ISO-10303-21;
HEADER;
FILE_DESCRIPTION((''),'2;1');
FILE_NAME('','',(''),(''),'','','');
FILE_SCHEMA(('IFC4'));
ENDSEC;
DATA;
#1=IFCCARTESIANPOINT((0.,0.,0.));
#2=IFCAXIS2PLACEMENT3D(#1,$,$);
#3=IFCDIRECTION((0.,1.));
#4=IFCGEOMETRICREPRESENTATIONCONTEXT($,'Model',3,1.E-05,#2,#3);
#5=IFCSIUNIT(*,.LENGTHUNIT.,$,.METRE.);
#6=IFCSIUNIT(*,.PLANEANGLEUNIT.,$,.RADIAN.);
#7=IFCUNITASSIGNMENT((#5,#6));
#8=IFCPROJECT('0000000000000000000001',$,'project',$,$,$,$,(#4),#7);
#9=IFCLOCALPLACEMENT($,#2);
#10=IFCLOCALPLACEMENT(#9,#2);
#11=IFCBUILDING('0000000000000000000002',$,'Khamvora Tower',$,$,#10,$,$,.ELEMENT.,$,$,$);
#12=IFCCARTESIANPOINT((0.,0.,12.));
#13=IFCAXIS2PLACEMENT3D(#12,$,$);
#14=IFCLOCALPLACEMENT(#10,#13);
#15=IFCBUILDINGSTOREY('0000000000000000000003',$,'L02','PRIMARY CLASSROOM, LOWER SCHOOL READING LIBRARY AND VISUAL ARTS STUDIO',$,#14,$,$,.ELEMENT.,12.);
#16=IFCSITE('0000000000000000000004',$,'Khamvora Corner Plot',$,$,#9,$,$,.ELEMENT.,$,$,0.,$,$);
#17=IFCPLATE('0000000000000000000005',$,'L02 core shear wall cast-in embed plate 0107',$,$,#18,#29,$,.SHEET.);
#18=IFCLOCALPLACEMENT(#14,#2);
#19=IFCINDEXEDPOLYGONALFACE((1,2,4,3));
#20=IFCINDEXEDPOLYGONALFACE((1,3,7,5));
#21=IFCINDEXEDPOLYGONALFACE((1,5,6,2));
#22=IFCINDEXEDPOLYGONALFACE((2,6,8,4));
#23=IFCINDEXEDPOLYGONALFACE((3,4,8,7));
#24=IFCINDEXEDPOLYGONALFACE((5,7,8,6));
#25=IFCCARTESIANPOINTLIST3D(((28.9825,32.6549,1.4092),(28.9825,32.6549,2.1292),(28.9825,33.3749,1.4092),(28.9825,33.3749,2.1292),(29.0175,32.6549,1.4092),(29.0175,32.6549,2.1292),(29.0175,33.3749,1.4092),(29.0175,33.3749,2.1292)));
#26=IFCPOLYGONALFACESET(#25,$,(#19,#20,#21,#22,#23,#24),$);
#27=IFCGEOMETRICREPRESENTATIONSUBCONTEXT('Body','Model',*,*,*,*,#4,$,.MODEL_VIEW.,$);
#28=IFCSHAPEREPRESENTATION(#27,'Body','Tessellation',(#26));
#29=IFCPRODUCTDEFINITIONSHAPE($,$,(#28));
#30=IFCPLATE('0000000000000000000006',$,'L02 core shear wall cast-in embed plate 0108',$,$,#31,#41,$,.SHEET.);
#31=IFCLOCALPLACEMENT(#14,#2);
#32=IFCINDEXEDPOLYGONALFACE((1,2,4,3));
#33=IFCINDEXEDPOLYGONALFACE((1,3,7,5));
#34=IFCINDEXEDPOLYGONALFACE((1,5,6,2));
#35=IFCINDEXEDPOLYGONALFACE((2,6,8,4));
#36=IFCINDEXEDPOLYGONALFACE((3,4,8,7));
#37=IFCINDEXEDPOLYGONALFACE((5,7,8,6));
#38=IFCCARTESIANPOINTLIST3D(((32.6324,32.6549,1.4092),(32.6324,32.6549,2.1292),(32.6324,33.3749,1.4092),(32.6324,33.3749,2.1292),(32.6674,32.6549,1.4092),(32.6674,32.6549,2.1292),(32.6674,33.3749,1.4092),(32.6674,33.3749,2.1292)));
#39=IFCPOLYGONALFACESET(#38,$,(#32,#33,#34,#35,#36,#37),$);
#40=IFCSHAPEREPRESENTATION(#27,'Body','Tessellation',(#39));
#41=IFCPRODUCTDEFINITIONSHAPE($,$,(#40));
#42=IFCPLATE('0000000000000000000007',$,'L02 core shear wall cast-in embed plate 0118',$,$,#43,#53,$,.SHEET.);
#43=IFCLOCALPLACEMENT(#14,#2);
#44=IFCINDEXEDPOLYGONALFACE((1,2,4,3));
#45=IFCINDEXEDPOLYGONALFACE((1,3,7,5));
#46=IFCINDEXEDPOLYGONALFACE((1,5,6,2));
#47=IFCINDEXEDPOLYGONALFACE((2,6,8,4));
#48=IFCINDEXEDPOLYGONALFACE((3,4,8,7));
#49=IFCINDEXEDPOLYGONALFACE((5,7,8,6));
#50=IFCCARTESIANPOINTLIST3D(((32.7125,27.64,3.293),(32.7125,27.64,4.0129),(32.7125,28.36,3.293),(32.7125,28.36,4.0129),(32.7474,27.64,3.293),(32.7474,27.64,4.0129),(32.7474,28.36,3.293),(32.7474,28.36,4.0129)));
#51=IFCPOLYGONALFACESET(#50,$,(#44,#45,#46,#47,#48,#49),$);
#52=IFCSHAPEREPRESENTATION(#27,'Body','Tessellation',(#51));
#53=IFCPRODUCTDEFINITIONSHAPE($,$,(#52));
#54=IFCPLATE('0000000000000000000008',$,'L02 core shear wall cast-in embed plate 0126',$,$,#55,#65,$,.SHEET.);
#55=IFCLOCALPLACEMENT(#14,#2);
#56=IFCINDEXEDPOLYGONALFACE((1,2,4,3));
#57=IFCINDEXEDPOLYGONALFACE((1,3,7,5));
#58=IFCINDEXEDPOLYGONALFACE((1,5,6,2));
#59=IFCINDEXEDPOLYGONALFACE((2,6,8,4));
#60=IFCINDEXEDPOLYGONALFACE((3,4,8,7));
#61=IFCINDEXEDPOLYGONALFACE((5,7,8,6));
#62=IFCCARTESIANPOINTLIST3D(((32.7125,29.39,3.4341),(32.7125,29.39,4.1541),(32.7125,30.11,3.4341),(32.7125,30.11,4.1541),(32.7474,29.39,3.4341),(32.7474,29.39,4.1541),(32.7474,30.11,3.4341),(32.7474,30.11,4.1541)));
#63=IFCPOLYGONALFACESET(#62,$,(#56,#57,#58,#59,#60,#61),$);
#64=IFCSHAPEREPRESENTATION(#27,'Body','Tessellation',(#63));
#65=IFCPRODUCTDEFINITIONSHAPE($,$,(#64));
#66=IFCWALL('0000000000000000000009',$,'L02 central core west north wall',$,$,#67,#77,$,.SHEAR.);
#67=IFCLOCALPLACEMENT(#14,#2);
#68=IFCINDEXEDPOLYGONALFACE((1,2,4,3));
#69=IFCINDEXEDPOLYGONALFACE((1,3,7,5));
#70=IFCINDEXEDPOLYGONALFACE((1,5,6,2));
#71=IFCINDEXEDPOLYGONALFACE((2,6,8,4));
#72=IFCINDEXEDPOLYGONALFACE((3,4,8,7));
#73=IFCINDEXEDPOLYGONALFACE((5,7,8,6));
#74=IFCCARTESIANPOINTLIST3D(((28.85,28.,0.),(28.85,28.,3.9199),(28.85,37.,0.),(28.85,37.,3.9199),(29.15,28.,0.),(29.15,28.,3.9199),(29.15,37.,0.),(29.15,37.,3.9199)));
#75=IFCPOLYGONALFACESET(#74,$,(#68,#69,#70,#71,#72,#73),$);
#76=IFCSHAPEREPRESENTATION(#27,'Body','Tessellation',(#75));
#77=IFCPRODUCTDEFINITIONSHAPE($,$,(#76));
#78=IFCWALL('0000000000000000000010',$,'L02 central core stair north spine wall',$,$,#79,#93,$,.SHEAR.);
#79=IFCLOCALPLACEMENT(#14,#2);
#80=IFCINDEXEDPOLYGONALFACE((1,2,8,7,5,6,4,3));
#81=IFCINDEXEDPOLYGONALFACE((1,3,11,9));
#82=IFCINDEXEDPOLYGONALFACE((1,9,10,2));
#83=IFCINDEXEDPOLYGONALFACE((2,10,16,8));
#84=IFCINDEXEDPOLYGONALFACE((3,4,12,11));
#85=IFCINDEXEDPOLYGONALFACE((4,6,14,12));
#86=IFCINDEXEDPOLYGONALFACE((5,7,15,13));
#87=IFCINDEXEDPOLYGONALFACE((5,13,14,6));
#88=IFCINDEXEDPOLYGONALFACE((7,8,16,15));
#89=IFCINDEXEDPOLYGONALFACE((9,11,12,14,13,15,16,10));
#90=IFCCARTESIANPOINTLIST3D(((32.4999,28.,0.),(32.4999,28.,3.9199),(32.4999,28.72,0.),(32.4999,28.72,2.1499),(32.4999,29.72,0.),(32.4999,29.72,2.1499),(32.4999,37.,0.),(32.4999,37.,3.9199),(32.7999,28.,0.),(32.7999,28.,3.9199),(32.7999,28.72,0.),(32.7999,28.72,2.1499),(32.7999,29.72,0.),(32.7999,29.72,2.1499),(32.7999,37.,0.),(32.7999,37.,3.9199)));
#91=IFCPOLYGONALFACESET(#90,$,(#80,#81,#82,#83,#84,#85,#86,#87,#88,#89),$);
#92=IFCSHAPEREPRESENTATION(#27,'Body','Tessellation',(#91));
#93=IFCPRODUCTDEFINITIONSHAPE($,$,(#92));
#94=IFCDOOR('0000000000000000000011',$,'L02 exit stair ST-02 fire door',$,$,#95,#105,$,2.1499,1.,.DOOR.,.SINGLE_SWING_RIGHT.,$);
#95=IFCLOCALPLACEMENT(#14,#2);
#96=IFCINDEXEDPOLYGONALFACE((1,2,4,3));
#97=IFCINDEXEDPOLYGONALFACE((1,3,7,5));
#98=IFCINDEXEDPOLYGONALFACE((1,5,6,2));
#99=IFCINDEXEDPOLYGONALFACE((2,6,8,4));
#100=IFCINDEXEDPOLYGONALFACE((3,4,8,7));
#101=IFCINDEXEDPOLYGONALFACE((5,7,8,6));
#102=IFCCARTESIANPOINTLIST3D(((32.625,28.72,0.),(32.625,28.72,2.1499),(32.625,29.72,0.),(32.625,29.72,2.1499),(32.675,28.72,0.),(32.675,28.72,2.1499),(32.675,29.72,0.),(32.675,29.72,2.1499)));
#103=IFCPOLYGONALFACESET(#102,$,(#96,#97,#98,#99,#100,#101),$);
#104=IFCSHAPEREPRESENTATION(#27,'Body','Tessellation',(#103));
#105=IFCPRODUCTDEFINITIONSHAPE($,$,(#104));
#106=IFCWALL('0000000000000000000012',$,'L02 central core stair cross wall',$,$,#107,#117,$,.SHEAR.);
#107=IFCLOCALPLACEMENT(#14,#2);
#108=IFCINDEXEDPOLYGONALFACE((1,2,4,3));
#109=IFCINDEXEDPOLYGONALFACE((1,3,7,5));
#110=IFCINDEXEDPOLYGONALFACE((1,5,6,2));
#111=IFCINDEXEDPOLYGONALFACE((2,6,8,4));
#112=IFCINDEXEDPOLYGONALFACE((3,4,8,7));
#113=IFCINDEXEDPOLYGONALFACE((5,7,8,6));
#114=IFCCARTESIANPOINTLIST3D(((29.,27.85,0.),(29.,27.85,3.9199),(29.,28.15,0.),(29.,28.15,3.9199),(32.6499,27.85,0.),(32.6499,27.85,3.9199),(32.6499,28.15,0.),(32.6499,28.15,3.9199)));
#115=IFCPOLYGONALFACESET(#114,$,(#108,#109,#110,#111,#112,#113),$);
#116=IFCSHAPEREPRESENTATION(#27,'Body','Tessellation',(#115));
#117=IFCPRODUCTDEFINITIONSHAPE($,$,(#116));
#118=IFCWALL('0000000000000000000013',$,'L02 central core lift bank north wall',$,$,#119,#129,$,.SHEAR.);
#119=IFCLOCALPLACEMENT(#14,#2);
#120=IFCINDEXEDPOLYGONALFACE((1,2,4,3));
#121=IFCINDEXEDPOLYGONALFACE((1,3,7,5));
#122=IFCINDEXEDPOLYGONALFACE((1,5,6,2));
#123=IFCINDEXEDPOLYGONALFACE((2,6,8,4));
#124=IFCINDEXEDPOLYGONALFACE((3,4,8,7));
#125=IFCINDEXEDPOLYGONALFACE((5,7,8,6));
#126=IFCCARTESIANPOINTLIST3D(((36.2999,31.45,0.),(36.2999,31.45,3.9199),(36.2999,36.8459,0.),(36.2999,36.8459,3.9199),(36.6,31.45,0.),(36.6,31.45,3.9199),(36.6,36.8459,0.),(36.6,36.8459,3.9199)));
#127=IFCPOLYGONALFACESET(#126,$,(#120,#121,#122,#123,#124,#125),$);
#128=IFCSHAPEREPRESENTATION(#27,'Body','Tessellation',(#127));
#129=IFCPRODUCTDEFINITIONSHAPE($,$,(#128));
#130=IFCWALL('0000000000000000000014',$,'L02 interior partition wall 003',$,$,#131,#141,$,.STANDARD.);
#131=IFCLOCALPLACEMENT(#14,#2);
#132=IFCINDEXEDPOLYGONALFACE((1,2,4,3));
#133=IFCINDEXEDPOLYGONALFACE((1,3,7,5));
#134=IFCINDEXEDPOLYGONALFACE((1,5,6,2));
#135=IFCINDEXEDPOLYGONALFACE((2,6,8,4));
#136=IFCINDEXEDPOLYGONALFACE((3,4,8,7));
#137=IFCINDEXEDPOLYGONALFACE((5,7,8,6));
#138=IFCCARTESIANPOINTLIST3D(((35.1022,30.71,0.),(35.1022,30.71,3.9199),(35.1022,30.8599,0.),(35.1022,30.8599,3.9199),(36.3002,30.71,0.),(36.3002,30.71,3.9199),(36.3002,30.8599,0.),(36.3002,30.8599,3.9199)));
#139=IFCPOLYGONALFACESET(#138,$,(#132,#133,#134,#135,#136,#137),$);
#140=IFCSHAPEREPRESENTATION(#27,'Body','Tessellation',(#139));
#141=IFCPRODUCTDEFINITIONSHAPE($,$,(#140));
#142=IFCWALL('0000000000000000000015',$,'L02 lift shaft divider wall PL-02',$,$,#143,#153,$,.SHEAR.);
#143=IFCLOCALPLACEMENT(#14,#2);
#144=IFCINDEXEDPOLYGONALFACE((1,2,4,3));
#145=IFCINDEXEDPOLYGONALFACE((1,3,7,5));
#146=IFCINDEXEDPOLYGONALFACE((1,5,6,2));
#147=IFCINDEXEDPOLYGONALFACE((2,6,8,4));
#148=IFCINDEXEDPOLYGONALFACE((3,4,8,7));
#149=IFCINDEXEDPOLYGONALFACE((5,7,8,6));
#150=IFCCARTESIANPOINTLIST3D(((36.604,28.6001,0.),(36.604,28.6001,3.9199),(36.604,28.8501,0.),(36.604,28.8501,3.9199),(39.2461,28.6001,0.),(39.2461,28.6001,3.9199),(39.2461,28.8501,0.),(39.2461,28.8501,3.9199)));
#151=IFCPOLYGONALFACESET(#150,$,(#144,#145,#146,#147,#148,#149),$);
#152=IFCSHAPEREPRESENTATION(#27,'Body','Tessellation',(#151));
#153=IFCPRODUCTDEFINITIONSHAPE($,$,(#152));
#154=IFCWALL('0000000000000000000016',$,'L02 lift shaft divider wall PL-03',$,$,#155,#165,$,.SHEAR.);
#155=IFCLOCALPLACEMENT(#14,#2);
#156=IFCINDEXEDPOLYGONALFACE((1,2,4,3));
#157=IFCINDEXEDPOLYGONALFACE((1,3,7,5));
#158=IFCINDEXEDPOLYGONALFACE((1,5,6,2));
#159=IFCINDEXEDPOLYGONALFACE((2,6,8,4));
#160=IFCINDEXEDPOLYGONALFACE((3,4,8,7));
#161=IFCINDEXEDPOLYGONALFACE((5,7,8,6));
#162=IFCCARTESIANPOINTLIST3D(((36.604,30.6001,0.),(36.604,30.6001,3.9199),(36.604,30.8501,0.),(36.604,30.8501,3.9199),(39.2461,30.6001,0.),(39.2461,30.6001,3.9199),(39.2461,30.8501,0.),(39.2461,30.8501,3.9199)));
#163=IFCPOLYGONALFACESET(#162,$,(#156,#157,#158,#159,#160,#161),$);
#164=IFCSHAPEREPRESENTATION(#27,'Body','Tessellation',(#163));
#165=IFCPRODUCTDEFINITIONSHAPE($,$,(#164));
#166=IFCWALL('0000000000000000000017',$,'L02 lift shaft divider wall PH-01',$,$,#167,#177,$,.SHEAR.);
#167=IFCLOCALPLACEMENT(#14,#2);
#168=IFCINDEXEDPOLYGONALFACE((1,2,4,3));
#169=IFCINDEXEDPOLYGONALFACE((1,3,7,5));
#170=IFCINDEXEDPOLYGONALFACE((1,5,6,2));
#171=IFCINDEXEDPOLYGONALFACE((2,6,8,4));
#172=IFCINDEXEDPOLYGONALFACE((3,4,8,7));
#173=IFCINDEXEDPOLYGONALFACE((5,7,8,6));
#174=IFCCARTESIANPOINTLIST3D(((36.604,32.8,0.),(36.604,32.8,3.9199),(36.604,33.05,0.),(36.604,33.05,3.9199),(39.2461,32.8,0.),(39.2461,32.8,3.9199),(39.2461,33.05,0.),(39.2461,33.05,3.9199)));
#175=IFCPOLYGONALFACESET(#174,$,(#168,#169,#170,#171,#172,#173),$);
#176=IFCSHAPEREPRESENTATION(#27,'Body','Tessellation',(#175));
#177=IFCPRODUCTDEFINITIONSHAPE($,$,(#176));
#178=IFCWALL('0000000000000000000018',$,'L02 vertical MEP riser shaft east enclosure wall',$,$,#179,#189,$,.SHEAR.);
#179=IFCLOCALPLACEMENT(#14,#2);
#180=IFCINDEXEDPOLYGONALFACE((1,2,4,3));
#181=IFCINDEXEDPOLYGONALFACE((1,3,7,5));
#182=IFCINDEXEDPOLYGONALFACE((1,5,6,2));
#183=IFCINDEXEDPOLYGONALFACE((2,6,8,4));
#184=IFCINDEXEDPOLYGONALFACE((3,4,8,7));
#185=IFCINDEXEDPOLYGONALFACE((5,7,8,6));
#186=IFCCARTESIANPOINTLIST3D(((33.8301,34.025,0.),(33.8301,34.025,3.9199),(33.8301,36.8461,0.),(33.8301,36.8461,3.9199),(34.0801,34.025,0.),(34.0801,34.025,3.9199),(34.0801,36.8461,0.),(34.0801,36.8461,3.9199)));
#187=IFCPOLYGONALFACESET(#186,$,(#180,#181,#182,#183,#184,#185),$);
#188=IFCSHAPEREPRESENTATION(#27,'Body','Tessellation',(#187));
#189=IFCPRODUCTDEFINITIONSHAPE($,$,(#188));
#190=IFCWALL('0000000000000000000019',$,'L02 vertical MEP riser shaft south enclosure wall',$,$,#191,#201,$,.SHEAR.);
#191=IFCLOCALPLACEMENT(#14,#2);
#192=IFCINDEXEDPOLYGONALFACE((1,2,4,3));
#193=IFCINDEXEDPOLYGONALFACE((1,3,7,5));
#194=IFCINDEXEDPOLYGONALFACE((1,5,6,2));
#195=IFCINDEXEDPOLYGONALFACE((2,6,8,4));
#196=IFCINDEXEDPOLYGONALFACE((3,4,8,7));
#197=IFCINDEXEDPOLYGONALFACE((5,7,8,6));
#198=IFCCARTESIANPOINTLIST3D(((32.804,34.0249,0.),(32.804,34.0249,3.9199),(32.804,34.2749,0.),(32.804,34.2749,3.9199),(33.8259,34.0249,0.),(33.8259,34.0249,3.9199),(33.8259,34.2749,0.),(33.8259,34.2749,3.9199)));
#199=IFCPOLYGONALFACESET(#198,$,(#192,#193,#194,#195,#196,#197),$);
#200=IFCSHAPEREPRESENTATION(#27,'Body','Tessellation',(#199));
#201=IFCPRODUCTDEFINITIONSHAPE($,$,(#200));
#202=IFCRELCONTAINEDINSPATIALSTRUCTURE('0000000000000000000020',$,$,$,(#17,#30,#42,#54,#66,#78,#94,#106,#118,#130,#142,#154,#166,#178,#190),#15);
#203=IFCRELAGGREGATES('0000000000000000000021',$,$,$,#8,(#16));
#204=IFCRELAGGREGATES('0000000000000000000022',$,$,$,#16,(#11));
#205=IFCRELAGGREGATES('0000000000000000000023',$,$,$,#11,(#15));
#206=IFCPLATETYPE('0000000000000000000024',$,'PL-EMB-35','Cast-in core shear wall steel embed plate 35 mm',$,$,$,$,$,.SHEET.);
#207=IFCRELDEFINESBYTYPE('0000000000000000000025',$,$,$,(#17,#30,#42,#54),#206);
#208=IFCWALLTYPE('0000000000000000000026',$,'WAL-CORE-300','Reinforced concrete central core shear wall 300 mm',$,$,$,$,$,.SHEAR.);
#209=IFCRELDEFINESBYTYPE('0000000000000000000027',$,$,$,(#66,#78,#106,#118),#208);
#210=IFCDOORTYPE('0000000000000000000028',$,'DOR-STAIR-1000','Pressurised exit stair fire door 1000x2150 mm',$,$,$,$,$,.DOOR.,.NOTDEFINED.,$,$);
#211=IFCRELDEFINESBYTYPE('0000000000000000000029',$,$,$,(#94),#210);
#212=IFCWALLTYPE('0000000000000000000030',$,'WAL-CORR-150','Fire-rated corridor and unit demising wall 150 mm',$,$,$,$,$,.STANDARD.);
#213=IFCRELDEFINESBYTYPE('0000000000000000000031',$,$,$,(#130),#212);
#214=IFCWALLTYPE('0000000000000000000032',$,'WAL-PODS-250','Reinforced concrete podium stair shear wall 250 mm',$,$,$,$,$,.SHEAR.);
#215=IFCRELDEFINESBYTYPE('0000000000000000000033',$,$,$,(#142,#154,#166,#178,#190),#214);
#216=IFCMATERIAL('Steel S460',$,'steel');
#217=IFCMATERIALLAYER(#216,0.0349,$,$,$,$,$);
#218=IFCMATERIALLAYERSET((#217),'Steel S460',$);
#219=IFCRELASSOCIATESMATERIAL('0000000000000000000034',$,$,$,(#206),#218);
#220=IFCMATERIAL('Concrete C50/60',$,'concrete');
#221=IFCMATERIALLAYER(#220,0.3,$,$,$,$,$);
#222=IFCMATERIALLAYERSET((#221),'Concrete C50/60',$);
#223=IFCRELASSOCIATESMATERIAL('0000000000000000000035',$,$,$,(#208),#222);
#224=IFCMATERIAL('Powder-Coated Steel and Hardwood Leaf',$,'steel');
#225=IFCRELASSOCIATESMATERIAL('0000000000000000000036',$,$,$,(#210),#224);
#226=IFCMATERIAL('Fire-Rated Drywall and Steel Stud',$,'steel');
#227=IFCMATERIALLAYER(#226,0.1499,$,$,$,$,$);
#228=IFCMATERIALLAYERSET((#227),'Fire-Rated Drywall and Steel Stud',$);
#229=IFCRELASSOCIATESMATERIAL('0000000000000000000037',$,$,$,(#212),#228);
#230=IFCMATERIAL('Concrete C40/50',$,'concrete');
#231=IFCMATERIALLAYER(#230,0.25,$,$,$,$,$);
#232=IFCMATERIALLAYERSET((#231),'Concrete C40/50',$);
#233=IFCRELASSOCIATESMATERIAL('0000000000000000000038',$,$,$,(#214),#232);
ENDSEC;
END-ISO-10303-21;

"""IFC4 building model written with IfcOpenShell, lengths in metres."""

from ifc_helpers import new_model, si_unit, direction, frame, frame_2d, origin, origin_2d, place, context, subcontext, project, spatial, rectangle, extrude, material, layer, layer_set, type_object, element, fill, save


model = new_model("IFC4")

# Units and contexts
model_context = context("Model", 3, precision=1e-05, world=origin(), true_north=direction((0.0, 1.0)))
body_context = subcontext(model_context, "Body", "Model", "MODEL_VIEW")
ifc_project = project(units=[si_unit("LENGTHUNIT", "METRE"), si_unit("PLANEANGLEUNIT", "RADIAN")], contexts=[model_context])

# Site, building, storey
site_placement = place(None, origin())
site = spatial("IfcSite", under=ifc_project, at=site_placement, Name="Khamvora Corner Plot", CompositionType="ELEMENT", RefElevation=0.0)
building_placement = place(site_placement, origin())
building = spatial("IfcBuilding", under=site, at=building_placement, Name="Khamvora Tower", CompositionType="ELEMENT")
storey_placement = place(building_placement, frame((0.0, 0.0, 12.0)))
storey = spatial("IfcBuildingStorey", under=building, at=storey_placement, Name="L02", Description="PRIMARY CLASSROOM, LOWER SCHOOL READING LIBRARY AND VISUAL ARTS STUDIO", CompositionType="ELEMENT", Elevation=12.0)

# Shared definitions
ifc_material_1 = material(Name="Steel S460", Category="steel")

# Plates
ifc_layer_1 = layer(ifc_material_1, 0.0349)
ifc_layer_set_1 = layer_set([ifc_layer_1], Name="Steel S460")
plate_type = type_object("IfcPlateType", Name="PL-EMB-35", Description="Cast-in core shear wall steel embed plate 35 mm", PredefinedType="SHEET", material=ifc_layer_set_1)
for number, where, z_axis, x_axis, name in (
    (1, (29.0, 33.0149, 1.4092), (0.0, 0.0, 1.0), (1.0, 0.0, 0.0), "L02 core shear wall cast-in embed plate 0107"),
    (2, (32.6499, 33.0149, 1.4092), (0.0, 0.0, 1.0), (1.0, 0.0, 0.0), "L02 core shear wall cast-in embed plate 0108"),
    (3, (32.73, 28.0, 3.293), (0.0, 0.0, 1.0), (1.0, 0.0, 0.0), "L02 core shear wall cast-in embed plate 0118"),
    (4, (32.73, 29.75, 3.4341), (0.0, 0.0, 1.0), (1.0, 0.0, 0.0), "L02 core shear wall cast-in embed plate 0126"),
):
    element("IfcPlate", number, at=place(storey_placement, frame(where, z_axis=z_axis, x_axis=x_axis)), inside=storey, type_object=plate_type, Name=name, PredefinedType="SHEET", context=body_context, shape_type="SweptSolid", body=[
        extrude(rectangle(XDim=0.0349, YDim=0.72, at=origin_2d()), origin(), (0.0, 0.0, 1.0), 0.72),
    ])

# Wall
ifc_material_2 = material(Name="Concrete C50/60", Category="concrete")
ifc_layer_2 = layer(ifc_material_2, 0.3)
ifc_layer_set_2 = layer_set([ifc_layer_2], Name="Concrete C50/60")
wall_type_1 = type_object("IfcWallType", Name="WAL-CORE-300", Description="Reinforced concrete central core shear wall 300 mm", PredefinedType="SHEAR", material=ifc_layer_set_2)
wall_1_placement = place(storey_placement, frame((29.0, 28.0, 0.0), z_axis=(0.0, 0.0, 1.0), x_axis=(0.0, 1.0, 0.0)))
element("IfcWall", 5, at=wall_1_placement, inside=storey, type_object=wall_type_1, Name="L02 central core west north wall", PredefinedType="SHEAR", context=body_context, shape_type="SweptSolid", body=[
    extrude(rectangle(XDim=9.0, YDim=0.3, at=frame_2d((4.5, 0.0))), origin(), (0.0, 0.0, 1.0), 3.9199),
])

# Wall, opening, door
wall_2_placement = place(storey_placement, frame((32.6499, 28.0, 0.0), z_axis=(0.0, 0.0, 1.0), x_axis=(0.0, 1.0, 0.0)))
wall_2 = element("IfcWall", 6, at=wall_2_placement, inside=storey, type_object=wall_type_1, Name="L02 central core stair north spine wall", PredefinedType="SHEAR", context=body_context, shape_type="SweptSolid", body=[
    extrude(rectangle(XDim=9.0, YDim=0.3, at=frame_2d((4.5, 0.0))), origin(), (0.0, 0.0, 1.0), 3.9199),
])
opening_placement = place(wall_2_placement, frame((0.72, 0.0, 0.0)))
opening = element("IfcOpeningElement", 7, at=opening_placement, cuts=wall_2, PredefinedType="OPENING", context=body_context, shape_type="SweptSolid", body=[
    extrude(rectangle(XDim=1.0, YDim=2.1499, at=frame_2d((0.5, 1.075))), frame((0.0, 0.1599, 0.0), z_axis=(0.0, -1.0, 0.0), x_axis=(1.0, 0.0, 0.0)), (0.0, 0.0, 1.0), 0.3201),
])
ifc_material_3 = material(Name="Powder-Coated Steel and Hardwood Leaf", Category="steel")
door_type = type_object("IfcDoorType", Name="DOR-STAIR-1000", Description="Pressurised exit stair fire door 1000x2150 mm", OperationType="NOTDEFINED", PredefinedType="DOOR", material=ifc_material_3)
door_placement = place(opening_placement, origin())
door = element("IfcDoor", 8, at=door_placement, inside=storey, type_object=door_type, Name="L02 exit stair ST-02 fire door", OperationType="SINGLE_SWING_RIGHT", OverallHeight=2.1499, OverallWidth=1.0, PredefinedType="DOOR", context=body_context, shape_type="SweptSolid", body=[
    extrude(rectangle(XDim=1.0, YDim=2.1499, at=frame_2d((0.5, 1.075))), frame((0.0, 0.0249, 0.0), z_axis=(0.0, -1.0, 0.0), x_axis=(1.0, 0.0, 0.0)), (0.0, 0.0, 1.0), 0.05),
])
fill(opening, door)

# Walls
wall_3_placement = place(storey_placement, frame((29.0, 28.0, 0.0), z_axis=(0.0, 0.0, 1.0), x_axis=(1.0, 0.0, 0.0)))
element("IfcWall", 9, at=wall_3_placement, inside=storey, type_object=wall_type_1, Name="L02 central core stair cross wall", PredefinedType="SHEAR", context=body_context, shape_type="SweptSolid", body=[
    extrude(rectangle(XDim=3.6499, YDim=0.3, at=frame_2d((1.825, 0.0))), origin(), (0.0, 0.0, 1.0), 3.9199),
])
wall_4_placement = place(storey_placement, frame((36.45, 31.45, 0.0), z_axis=(0.0, 0.0, 1.0), x_axis=(0.0, 1.0, 0.0)))
element("IfcWall", 10, at=wall_4_placement, inside=storey, type_object=wall_type_1, Name="L02 central core lift bank north wall", PredefinedType="SHEAR", context=body_context, shape_type="SweptSolid", body=[
    extrude(rectangle(XDim=5.396, YDim=0.3, at=frame_2d((2.698, 0.0))), origin(), (0.0, 0.0, 1.0), 3.9199),
])
ifc_material_4 = material(Name="Fire-Rated Drywall and Steel Stud", Category="steel")
ifc_layer_3 = layer(ifc_material_4, 0.1499)
ifc_layer_set_3 = layer_set([ifc_layer_3], Name="Fire-Rated Drywall and Steel Stud")
wall_type_2 = type_object("IfcWallType", Name="WAL-CORR-150", Description="Fire-rated corridor and unit demising wall 150 mm", PredefinedType="STANDARD", material=ifc_layer_set_3)
wall_5_placement = place(storey_placement, frame((35.1021, 30.7849, 0.0), z_axis=(0.0, 0.0, 1.0), x_axis=(1.0, 0.0, 0.0)))
element("IfcWall", 11, at=wall_5_placement, inside=storey, type_object=wall_type_2, Name="L02 interior partition wall 003", PredefinedType="STANDARD", context=body_context, shape_type="SweptSolid", body=[
    extrude(rectangle(XDim=1.198, YDim=0.1499, at=frame_2d((0.5991, 0.0))), origin(), (0.0, 0.0, 1.0), 3.9199),
])
ifc_material_5 = material(Name="Concrete C40/50", Category="concrete")
ifc_layer_4 = layer(ifc_material_5, 0.25)
ifc_layer_set_4 = layer_set([ifc_layer_4], Name="Concrete C40/50")
wall_type_3 = type_object("IfcWallType", Name="WAL-PODS-250", Description="Reinforced concrete podium stair shear wall 250 mm", PredefinedType="SHEAR", material=ifc_layer_set_4)
for number, where, z_axis, x_axis, name in (
    (12, (36.604, 28.7251, 0.0), (0.0, 0.0, 1.0), (1.0, 0.0, 0.0), "L02 lift shaft divider wall PL-02"),
    (13, (36.604, 30.7251, 0.0), (0.0, 0.0, 1.0), (1.0, 0.0, 0.0), "L02 lift shaft divider wall PL-03"),
    (14, (36.604, 32.925, 0.0), (0.0, 0.0, 1.0), (1.0, 0.0, 0.0), "L02 lift shaft divider wall PH-01"),
):
    element("IfcWall", number, at=place(storey_placement, frame(where, z_axis=z_axis, x_axis=x_axis)), inside=storey, type_object=wall_type_3, Name=name, PredefinedType="SHEAR", context=body_context, shape_type="SweptSolid", body=[
        extrude(rectangle(XDim=2.6421, YDim=0.25, at=frame_2d((1.321, 0.0))), origin(), (0.0, 0.0, 1.0), 3.9199),
    ])
wall_6_placement = place(storey_placement, frame((33.9551, 34.0249, 0.0), z_axis=(0.0, 0.0, 1.0), x_axis=(0.0, 1.0, 0.0)))
element("IfcWall", 15, at=wall_6_placement, inside=storey, type_object=wall_type_3, Name="L02 vertical MEP riser shaft east enclosure wall", PredefinedType="SHEAR", context=body_context, shape_type="SweptSolid", body=[
    extrude(rectangle(XDim=2.821, YDim=0.25, at=frame_2d((1.4106, 0.0))), origin(), (0.0, 0.0, 1.0), 3.9199),
])
wall_7_placement = place(storey_placement, frame((32.804, 34.1499, 0.0), z_axis=(0.0, 0.0, 1.0), x_axis=(1.0, 0.0, 0.0)))
element("IfcWall", 16, at=wall_7_placement, inside=storey, type_object=wall_type_3, Name="L02 vertical MEP riser shaft south enclosure wall", PredefinedType="SHEAR", context=body_context, shape_type="SweptSolid", body=[
    extrude(rectangle(XDim=1.022, YDim=0.25, at=frame_2d((0.511, 0.0))), origin(), (0.0, 0.0, 1.0), 3.9199),
])

save(model, "model.ifc")
